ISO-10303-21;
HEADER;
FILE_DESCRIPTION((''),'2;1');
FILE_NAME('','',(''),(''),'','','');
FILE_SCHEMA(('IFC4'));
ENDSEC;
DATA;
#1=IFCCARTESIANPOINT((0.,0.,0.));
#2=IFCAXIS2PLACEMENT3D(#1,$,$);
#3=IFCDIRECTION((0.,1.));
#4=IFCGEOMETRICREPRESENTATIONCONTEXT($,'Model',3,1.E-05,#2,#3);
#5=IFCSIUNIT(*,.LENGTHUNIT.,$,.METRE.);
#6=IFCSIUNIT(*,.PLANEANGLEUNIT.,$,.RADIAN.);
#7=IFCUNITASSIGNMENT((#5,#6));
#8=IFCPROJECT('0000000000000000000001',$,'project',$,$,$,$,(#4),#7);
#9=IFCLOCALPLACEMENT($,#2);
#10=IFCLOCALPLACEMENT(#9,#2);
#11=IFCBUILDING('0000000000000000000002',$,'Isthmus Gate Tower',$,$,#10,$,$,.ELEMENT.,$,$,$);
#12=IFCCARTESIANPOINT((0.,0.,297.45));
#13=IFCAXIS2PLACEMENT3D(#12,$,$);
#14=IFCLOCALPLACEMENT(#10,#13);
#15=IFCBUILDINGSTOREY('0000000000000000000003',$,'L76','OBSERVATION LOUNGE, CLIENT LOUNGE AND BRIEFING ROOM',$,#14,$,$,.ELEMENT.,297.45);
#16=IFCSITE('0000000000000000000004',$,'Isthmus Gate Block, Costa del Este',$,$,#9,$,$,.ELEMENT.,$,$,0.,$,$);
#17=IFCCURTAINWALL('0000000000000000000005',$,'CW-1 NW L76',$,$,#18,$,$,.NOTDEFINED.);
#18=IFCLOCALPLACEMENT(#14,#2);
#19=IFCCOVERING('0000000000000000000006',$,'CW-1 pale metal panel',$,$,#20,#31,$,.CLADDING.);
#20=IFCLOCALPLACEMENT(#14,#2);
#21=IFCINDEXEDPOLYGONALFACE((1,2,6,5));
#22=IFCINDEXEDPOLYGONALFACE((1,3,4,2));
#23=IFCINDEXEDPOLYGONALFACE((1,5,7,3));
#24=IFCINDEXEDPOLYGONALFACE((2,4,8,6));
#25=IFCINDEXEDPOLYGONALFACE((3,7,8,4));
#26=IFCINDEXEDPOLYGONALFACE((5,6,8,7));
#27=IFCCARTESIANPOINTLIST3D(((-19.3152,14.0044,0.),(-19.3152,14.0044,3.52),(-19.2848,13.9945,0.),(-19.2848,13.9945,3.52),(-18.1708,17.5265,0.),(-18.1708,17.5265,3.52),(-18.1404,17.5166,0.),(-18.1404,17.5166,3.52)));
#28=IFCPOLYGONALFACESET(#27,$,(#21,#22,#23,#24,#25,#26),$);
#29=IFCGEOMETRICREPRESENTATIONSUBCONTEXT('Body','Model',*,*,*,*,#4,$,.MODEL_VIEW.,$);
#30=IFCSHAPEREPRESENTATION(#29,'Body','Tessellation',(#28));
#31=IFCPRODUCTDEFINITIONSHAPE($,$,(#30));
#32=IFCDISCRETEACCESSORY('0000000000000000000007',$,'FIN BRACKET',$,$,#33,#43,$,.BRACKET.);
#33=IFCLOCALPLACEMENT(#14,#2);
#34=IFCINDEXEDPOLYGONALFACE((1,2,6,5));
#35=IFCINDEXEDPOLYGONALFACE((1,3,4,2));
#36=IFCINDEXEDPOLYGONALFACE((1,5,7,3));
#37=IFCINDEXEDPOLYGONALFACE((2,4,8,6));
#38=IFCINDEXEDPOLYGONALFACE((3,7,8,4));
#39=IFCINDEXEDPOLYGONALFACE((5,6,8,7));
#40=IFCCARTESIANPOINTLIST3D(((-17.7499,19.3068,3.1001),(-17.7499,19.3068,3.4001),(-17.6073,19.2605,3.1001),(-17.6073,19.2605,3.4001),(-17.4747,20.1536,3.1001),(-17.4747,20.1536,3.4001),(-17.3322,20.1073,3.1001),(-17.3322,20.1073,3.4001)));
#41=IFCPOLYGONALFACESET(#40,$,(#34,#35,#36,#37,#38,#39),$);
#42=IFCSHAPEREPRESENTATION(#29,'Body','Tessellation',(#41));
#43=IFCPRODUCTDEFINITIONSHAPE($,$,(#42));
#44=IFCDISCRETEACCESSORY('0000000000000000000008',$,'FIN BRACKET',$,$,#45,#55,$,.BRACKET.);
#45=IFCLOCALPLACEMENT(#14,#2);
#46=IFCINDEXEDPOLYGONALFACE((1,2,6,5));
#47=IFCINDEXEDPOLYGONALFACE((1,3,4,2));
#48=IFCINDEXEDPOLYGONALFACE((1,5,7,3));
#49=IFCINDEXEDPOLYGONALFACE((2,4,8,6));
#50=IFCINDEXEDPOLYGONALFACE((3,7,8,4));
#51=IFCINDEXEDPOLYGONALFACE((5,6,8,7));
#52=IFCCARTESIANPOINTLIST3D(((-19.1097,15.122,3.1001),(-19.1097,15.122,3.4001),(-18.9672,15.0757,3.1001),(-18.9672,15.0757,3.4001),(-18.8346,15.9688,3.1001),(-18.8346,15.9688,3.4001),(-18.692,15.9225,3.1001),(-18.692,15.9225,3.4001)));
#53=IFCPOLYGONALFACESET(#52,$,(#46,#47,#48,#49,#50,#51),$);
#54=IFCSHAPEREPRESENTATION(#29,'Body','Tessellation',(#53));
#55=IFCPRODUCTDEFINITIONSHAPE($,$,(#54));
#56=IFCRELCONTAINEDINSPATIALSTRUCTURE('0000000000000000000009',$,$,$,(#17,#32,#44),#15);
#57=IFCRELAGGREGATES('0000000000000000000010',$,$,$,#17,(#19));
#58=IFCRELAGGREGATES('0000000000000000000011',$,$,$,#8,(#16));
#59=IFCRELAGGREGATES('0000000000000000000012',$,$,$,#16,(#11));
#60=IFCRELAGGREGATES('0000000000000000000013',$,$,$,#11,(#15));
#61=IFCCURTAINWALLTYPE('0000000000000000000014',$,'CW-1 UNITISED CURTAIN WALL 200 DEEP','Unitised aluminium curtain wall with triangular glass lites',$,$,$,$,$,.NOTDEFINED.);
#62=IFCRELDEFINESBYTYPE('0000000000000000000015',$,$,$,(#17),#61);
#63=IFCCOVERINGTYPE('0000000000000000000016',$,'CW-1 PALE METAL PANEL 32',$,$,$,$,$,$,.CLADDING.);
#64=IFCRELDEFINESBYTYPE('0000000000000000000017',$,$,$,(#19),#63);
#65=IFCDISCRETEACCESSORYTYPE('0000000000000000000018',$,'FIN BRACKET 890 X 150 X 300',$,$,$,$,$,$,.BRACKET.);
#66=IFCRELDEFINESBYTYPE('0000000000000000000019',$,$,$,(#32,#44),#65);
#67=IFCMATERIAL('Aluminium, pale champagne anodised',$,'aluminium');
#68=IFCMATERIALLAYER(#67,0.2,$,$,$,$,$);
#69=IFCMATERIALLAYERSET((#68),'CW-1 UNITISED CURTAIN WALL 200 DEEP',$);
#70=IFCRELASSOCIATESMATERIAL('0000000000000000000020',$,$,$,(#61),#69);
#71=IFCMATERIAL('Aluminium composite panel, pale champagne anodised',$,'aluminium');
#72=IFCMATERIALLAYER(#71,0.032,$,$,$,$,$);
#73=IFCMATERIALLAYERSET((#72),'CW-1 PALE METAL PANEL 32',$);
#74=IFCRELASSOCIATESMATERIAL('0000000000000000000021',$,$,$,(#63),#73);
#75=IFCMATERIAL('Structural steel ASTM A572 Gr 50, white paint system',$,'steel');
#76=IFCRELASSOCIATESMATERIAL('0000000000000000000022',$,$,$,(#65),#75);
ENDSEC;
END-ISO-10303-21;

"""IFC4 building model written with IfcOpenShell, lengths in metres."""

from ifc_helpers import new_model, si_unit, direction, frame, origin, origin_2d, place, context, subcontext, project, spatial, rectangle, extrude, material, layer, layer_set, type_object, element, aggregate, save


model = new_model("IFC4")

# Units and contexts
model_context = context("Model", 3, precision=1e-05, world=origin(), true_north=direction((0.0, 1.0)))
body_context = subcontext(model_context, "Body", "Model", "MODEL_VIEW")
ifc_project = project(units=[si_unit("LENGTHUNIT", "METRE"), si_unit("PLANEANGLEUNIT", "RADIAN")], contexts=[model_context])

# Site, building, storey
site_placement = place(None, origin())
site = spatial("IfcSite", under=ifc_project, at=site_placement, Name="Isthmus Gate Block, Costa del Este", CompositionType="ELEMENT", RefElevation=0.0)
building_placement = place(site_placement, origin())
building = spatial("IfcBuilding", under=site, at=building_placement, Name="Isthmus Gate Tower", CompositionType="ELEMENT")
storey_placement = place(building_placement, frame((0.0, 0.0, 297.45)))
storey = spatial("IfcBuildingStorey", under=building, at=storey_placement, Name="L76", Description="OBSERVATION LOUNGE, CLIENT LOUNGE AND BRIEFING ROOM", CompositionType="ELEMENT", Elevation=297.45)

# Curtain wall
ifc_material_1 = material(Name="Aluminium, pale champagne anodised", Category="aluminium")
ifc_layer_1 = layer(ifc_material_1, 0.2)
ifc_layer_set_1 = layer_set([ifc_layer_1], Name="CW-1 UNITISED CURTAIN WALL 200 DEEP")
curtain_wall_type = type_object("IfcCurtainWallType", Name="CW-1 UNITISED CURTAIN WALL 200 DEEP", Description="Unitised aluminium curtain wall with triangular glass lites", PredefinedType="NOTDEFINED", material=ifc_layer_set_1)
curtain_wall_1_placement = place(storey_placement, origin())
curtain_wall_1 = element("IfcCurtainWall", 1, at=curtain_wall_1_placement, inside=storey, type_object=curtain_wall_type, Name="CW-1 NW L76", PredefinedType="NOTDEFINED")

# Covering
ifc_material_2 = material(Name="Aluminium composite panel, pale champagne anodised", Category="aluminium")
ifc_layer_2 = layer(ifc_material_2, 0.032)
ifc_layer_set_2 = layer_set([ifc_layer_2], Name="CW-1 PALE METAL PANEL 32")
covering_type = type_object("IfcCoveringType", Name="CW-1 PALE METAL PANEL 32", PredefinedType="CLADDING", material=ifc_layer_set_2)
covering_1_placement = place(storey_placement, frame((-18.7278, 15.7605, 0.0), z_axis=(0.0, 0.0, 1.0), x_axis=(-0.309017, -0.951057, 0.0)))
covering_1 = element("IfcCovering", 2, at=covering_1_placement, type_object=covering_type, Name="CW-1 pale metal panel", PredefinedType="CLADDING", context=body_context, shape_type="SweptSolid", body=[
    extrude(rectangle(XDim=3.7034, YDim=0.032, at=origin_2d()), origin(), (0.0, 0.0, 1.0), 3.52),
])
aggregate(curtain_wall_1, [covering_1])

# Discrete accessories
ifc_material_3 = material(Name="Structural steel ASTM A572 Gr 50, white paint system", Category="steel")
discrete_accessory_type = type_object("IfcDiscreteAccessoryType", Name="FIN BRACKET 890 X 150 X 300", PredefinedType="BRACKET", material=ifc_material_3)
for number, where, z_axis, x_axis, name in (
    (3, (-17.541, 19.707, 3.1001), (0.0, 0.0, 1.0), (-0.951057, 0.309017, 0.0), "FIN BRACKET"),
    (4, (-18.9009, 15.5222, 3.1001), (0.0, 0.0, 1.0), (-0.951057, 0.309017, 0.0), "FIN BRACKET"),
):
    element("IfcDiscreteAccessory", number, at=place(storey_placement, frame(where, z_axis=z_axis, x_axis=x_axis)), inside=storey, type_object=discrete_accessory_type, Name=name, PredefinedType="BRACKET", context=body_context, shape_type="SweptSolid", body=[
        extrude(rectangle(XDim=0.1499, YDim=0.8904, at=origin_2d()), origin(), (0.0, 0.0, 1.0), 0.3),
    ])

save(model, "model.ifc")
